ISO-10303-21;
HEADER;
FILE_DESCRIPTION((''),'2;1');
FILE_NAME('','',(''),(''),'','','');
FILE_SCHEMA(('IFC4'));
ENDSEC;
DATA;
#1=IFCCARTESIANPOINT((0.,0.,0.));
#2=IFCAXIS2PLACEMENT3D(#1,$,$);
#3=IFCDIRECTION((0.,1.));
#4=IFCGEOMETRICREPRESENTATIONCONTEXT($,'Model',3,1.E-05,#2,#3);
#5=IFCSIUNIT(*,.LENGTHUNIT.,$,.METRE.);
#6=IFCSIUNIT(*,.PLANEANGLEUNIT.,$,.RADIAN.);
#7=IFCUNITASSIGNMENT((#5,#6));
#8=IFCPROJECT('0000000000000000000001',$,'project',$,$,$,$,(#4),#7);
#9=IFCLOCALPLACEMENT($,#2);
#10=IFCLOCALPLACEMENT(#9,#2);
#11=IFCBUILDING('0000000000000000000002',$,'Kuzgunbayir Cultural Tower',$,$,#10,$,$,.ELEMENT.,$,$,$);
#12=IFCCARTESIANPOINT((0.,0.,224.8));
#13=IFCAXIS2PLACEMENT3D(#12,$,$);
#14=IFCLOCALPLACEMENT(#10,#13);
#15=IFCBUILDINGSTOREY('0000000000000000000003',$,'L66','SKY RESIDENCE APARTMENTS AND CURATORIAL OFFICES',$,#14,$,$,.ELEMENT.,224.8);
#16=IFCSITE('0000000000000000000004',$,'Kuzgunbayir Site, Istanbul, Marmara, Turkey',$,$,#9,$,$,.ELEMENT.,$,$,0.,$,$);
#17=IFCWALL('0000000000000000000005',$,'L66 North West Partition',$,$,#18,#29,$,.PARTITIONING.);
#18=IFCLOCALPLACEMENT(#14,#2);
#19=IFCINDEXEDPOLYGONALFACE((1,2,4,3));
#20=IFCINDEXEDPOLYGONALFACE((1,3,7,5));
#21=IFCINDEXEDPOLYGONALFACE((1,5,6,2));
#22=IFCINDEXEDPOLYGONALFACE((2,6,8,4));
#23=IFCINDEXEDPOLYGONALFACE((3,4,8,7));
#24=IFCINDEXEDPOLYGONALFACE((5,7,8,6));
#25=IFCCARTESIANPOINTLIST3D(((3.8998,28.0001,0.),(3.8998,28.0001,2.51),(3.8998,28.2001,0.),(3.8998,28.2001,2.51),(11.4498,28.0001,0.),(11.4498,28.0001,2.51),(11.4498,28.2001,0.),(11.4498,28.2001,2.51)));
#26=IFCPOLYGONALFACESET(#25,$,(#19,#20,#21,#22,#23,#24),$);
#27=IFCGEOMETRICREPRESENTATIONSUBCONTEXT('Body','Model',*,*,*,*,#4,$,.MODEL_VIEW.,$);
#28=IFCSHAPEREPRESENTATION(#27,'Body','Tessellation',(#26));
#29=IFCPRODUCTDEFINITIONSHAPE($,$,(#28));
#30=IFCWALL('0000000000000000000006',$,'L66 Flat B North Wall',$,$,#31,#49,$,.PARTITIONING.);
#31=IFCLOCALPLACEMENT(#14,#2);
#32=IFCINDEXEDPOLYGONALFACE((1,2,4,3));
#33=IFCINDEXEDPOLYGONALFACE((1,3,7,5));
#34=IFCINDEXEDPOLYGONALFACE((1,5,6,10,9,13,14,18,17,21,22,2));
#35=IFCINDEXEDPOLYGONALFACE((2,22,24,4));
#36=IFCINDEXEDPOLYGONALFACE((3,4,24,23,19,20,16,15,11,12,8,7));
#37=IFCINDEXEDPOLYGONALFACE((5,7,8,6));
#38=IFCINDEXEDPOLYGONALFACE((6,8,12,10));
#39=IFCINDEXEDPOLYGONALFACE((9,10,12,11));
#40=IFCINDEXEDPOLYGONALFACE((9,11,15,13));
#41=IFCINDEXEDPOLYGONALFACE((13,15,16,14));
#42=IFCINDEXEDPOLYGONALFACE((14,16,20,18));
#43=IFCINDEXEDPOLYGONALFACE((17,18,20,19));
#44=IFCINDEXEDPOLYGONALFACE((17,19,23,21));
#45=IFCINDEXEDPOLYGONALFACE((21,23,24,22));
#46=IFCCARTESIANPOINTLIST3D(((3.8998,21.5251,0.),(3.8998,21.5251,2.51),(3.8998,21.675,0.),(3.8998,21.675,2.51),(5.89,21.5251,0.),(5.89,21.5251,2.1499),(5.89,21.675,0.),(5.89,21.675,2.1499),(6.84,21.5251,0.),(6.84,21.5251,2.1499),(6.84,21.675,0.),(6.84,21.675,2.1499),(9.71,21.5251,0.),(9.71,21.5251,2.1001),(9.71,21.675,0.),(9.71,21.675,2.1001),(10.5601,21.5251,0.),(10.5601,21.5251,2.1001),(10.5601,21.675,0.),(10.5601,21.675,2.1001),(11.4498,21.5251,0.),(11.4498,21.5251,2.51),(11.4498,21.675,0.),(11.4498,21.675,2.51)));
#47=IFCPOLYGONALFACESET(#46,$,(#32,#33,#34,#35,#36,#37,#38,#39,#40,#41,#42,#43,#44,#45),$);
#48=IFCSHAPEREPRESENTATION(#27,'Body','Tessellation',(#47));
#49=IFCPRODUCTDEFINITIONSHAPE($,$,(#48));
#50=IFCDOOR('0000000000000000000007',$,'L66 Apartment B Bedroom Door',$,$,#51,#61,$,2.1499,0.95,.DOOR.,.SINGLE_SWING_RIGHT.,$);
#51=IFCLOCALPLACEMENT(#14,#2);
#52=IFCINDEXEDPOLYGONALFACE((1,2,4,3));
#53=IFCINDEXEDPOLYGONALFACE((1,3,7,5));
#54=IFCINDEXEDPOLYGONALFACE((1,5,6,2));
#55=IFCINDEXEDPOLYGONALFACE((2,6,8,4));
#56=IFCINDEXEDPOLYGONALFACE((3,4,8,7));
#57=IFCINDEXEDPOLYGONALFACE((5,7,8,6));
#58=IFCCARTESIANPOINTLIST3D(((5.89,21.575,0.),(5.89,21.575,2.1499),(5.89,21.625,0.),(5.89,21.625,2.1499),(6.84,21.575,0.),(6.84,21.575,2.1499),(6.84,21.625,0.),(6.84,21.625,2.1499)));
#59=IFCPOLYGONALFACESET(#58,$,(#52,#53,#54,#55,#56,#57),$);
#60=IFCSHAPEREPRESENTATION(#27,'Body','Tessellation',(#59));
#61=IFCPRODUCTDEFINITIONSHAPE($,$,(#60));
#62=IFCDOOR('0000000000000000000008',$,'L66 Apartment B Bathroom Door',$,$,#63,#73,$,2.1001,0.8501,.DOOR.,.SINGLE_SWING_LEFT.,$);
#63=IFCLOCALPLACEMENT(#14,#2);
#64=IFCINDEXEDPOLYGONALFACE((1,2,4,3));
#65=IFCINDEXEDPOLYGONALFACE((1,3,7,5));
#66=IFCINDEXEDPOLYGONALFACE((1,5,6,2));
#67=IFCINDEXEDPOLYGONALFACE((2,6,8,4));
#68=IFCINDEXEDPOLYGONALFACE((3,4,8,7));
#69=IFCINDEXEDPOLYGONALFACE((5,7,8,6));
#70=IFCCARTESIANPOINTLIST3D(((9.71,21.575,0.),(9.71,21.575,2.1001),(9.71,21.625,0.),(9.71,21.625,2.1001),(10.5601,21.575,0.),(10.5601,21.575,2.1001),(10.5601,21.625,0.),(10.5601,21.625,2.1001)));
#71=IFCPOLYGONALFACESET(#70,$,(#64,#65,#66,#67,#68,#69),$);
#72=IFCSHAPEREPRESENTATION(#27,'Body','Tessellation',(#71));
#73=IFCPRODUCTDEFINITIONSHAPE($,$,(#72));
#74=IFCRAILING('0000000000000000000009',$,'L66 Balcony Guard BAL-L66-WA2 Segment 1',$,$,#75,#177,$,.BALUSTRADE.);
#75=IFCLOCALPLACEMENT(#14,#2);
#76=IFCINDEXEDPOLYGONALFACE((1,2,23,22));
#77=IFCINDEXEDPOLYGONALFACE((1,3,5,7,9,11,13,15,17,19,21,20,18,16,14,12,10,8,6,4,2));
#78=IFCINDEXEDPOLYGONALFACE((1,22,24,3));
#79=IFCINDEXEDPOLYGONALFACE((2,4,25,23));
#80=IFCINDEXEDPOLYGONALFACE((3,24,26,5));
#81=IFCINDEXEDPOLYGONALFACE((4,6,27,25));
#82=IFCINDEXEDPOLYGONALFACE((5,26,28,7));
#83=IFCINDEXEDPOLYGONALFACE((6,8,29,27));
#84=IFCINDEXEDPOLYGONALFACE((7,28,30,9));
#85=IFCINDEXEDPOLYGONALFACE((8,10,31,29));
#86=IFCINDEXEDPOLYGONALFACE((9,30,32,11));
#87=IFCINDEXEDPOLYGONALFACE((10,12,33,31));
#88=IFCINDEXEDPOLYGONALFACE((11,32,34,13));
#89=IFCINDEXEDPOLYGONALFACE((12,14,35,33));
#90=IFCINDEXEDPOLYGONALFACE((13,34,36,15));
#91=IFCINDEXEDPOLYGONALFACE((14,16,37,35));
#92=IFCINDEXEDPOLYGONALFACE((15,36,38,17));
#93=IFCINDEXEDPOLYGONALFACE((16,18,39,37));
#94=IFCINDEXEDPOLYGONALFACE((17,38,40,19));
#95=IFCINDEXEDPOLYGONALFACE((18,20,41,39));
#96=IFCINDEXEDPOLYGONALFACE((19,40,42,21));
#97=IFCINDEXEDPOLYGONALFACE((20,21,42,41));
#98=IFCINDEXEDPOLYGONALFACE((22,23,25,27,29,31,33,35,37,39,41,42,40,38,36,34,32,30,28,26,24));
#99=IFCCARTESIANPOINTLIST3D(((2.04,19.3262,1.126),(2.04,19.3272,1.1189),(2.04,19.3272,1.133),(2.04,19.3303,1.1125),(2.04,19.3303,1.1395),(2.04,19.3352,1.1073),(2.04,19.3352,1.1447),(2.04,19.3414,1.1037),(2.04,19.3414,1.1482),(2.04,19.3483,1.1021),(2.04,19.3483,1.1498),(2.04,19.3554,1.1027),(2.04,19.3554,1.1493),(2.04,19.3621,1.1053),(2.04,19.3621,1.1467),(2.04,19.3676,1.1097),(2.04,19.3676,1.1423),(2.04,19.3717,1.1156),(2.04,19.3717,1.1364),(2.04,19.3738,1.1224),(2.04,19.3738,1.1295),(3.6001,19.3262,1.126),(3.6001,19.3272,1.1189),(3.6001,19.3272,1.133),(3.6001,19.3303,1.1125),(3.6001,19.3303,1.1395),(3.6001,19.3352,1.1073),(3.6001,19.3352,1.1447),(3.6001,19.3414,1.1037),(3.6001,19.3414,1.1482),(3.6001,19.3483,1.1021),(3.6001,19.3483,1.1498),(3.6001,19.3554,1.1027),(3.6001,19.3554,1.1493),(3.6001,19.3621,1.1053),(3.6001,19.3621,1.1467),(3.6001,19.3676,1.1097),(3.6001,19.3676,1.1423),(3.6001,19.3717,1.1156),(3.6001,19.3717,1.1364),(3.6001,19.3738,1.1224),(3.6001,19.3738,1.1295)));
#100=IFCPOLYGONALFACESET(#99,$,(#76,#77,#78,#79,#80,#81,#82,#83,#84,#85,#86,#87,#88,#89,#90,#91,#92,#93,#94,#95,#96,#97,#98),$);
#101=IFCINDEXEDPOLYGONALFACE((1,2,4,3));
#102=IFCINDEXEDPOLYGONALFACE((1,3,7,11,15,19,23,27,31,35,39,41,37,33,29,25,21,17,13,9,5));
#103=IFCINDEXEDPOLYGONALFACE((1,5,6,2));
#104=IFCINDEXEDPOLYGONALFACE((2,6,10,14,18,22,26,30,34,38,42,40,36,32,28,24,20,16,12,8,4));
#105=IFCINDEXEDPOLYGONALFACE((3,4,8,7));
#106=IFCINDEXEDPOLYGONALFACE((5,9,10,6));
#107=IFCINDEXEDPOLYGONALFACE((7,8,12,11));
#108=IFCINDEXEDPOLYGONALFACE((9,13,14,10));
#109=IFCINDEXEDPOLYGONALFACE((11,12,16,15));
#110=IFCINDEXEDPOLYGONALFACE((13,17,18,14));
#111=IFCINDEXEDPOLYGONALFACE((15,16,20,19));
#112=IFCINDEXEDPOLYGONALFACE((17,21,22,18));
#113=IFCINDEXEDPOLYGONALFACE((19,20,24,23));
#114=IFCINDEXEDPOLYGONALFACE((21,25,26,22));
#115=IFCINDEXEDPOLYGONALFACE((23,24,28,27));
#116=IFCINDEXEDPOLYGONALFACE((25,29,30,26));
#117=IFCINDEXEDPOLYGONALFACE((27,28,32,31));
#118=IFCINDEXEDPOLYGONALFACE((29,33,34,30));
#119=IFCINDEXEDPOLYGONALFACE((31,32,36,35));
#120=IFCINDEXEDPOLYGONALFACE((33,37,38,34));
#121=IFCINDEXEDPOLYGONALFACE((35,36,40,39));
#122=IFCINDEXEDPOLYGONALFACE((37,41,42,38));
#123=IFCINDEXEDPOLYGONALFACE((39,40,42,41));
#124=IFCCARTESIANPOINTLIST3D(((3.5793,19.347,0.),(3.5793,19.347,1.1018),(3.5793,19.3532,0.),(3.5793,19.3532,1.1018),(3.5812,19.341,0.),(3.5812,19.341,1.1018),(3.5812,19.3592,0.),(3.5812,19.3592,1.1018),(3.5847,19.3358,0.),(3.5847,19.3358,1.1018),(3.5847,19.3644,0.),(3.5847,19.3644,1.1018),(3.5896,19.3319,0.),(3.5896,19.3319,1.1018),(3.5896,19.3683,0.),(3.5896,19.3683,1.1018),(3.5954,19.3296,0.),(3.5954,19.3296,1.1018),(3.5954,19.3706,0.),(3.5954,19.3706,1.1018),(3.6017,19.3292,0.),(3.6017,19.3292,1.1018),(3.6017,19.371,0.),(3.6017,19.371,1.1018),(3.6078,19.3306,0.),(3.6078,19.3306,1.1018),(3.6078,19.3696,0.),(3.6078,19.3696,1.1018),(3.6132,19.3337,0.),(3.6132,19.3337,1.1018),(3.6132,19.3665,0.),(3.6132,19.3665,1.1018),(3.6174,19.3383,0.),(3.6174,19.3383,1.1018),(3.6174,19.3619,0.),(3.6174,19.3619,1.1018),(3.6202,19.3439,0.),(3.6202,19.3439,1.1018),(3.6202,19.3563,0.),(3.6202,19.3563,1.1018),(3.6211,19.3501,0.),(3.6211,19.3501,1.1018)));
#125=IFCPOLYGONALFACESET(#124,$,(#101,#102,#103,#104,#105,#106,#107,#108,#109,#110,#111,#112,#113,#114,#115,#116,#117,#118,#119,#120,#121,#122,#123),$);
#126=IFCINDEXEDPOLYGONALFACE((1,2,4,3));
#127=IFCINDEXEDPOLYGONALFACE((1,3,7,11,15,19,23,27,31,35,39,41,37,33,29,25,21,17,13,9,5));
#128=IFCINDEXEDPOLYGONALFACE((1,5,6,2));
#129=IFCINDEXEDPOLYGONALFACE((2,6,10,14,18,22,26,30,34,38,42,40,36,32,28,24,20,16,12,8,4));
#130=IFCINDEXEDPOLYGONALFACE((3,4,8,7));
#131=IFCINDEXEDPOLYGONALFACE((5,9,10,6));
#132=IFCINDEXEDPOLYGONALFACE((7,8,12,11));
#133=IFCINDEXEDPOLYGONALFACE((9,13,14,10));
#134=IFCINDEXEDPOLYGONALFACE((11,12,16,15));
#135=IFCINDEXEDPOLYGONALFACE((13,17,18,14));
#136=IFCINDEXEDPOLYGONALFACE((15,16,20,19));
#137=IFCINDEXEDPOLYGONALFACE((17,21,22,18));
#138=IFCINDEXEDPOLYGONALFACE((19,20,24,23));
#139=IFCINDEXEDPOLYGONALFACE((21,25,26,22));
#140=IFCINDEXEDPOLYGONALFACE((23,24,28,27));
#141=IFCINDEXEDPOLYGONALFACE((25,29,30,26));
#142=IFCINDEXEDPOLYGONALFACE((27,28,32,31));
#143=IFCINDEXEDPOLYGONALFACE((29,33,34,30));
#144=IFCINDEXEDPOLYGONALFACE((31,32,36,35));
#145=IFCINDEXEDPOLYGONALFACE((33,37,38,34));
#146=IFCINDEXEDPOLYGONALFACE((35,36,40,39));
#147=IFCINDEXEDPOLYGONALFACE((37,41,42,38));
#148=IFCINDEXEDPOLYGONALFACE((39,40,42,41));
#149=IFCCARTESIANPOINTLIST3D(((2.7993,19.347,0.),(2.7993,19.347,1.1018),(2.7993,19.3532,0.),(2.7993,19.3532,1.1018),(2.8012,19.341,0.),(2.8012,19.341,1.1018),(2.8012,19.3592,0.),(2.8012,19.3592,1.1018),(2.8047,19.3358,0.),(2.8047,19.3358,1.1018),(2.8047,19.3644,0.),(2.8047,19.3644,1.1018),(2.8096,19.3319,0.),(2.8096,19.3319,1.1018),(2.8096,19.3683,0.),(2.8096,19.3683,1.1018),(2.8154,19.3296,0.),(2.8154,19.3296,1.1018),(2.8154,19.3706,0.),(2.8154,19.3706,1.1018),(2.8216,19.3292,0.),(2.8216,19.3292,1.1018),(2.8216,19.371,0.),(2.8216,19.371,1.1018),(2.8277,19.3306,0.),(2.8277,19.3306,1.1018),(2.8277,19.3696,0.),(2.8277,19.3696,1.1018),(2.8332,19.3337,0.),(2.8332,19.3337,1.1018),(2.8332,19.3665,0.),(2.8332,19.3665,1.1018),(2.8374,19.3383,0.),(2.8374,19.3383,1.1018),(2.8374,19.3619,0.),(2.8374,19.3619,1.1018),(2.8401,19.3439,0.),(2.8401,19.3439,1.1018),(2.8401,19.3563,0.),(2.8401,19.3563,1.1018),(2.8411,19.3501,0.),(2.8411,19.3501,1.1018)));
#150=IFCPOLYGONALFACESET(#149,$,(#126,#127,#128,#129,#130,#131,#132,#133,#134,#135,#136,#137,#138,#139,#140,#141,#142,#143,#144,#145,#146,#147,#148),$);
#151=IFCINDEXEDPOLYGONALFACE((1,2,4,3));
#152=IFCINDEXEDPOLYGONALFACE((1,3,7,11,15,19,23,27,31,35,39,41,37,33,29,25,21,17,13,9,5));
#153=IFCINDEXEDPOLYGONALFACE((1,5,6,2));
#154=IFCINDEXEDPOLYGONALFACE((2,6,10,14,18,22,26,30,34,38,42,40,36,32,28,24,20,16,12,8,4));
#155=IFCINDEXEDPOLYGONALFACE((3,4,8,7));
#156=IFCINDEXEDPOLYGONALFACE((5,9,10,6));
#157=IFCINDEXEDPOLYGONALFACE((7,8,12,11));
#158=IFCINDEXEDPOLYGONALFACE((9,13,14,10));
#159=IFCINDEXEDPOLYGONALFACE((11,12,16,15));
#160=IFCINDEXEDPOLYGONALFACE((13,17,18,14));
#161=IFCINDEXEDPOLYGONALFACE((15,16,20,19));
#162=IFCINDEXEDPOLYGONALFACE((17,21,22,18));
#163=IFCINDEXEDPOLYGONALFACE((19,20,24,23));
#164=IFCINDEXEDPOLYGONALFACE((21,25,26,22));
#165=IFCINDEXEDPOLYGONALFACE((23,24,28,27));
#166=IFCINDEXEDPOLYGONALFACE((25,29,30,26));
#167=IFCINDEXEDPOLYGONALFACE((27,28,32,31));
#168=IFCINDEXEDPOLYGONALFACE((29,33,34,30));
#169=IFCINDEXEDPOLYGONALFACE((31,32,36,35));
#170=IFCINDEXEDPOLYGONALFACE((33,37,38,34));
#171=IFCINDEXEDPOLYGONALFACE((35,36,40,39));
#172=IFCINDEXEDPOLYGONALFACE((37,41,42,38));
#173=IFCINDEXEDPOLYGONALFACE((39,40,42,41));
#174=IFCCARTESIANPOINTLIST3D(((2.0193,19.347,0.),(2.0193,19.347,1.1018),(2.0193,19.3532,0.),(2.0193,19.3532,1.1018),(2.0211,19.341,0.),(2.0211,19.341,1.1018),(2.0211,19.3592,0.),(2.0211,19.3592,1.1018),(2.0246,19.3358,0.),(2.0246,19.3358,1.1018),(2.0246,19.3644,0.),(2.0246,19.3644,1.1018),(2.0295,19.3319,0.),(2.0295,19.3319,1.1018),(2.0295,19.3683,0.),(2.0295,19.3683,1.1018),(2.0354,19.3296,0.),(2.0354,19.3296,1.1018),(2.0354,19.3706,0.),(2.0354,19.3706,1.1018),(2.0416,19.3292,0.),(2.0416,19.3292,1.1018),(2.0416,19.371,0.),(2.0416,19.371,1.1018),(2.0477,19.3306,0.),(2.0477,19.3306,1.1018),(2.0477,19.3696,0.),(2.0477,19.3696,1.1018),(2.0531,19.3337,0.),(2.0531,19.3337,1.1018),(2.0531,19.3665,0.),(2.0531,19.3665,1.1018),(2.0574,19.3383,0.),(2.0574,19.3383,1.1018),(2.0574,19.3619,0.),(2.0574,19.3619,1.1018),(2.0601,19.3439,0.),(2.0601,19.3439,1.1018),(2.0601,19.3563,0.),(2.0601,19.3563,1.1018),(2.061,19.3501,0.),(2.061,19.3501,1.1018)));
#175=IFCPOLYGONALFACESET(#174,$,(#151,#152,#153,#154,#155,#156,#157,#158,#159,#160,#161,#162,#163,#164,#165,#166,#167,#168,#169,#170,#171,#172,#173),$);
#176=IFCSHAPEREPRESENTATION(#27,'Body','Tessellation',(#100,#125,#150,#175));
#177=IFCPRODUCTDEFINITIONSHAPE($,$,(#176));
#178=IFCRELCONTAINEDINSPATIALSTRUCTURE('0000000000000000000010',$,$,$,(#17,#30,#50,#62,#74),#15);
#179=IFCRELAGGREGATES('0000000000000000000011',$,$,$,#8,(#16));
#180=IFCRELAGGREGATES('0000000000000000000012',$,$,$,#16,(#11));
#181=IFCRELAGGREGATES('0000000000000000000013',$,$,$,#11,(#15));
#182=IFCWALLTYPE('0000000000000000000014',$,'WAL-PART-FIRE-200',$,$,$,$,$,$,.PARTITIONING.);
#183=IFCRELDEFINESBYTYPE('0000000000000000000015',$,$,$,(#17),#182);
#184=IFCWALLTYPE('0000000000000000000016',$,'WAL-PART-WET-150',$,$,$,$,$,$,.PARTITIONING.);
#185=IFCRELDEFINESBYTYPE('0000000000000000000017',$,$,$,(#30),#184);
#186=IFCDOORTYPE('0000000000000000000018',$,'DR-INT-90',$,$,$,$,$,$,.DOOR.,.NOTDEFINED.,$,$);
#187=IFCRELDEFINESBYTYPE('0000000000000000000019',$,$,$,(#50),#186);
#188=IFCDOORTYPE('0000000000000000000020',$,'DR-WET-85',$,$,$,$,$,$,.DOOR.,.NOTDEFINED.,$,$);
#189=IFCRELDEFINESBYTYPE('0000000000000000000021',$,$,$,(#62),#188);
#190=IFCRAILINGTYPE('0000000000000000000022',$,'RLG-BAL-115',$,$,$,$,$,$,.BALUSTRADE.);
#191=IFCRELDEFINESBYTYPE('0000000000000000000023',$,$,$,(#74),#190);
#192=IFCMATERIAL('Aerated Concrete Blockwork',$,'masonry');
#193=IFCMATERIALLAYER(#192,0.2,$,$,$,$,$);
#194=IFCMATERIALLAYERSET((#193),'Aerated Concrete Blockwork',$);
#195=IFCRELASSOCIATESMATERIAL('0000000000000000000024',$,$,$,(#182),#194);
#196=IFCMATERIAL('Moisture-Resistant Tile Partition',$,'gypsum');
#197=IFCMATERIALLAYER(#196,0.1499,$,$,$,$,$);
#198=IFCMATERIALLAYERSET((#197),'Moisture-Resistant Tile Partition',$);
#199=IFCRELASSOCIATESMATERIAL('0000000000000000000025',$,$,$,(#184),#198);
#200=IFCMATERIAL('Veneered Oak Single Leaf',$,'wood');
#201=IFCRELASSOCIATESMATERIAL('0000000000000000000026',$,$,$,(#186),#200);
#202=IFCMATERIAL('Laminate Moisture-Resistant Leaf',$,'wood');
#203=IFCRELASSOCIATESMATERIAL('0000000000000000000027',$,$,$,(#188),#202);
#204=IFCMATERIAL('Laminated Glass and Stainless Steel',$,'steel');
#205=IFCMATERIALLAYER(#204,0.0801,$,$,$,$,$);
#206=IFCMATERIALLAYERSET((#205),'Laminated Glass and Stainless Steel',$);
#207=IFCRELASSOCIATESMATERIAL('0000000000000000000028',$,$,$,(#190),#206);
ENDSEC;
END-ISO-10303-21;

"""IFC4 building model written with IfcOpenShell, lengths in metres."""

from ifc_helpers import new_model, si_unit, direction, frame, frame_2d, origin, origin_2d, place, context, subcontext, project, spatial, rectangle, circle, extrude, material, layer, layer_set, type_object, element, fill, save


model = new_model("IFC4")

# Units and contexts
model_context = context("Model", 3, precision=1e-05, world=origin(), true_north=direction((0.0, 1.0)))
body_context = subcontext(model_context, "Body", "Model", "MODEL_VIEW")
ifc_project = project(units=[si_unit("LENGTHUNIT", "METRE"), si_unit("PLANEANGLEUNIT", "RADIAN")], contexts=[model_context])

# Site, building, storey
site_placement = place(None, origin())
site = spatial("IfcSite", under=ifc_project, at=site_placement, Name="Kuzgunbayir Site, Istanbul, Marmara, Turkey", CompositionType="ELEMENT", RefElevation=0.0)
building_placement = place(site_placement, origin())
building = spatial("IfcBuilding", under=site, at=building_placement, Name="Kuzgunbayir Cultural Tower", CompositionType="ELEMENT")
storey_placement = place(building_placement, frame((0.0, 0.0, 224.8)))
storey = spatial("IfcBuildingStorey", under=building, at=storey_placement, Name="L66", Description="SKY RESIDENCE APARTMENTS AND CURATORIAL OFFICES", CompositionType="ELEMENT", Elevation=224.8)

# Wall
ifc_material_1 = material(Name="Aerated Concrete Blockwork", Category="masonry")
ifc_layer_1 = layer(ifc_material_1, 0.2)
ifc_layer_set_1 = layer_set([ifc_layer_1], Name="Aerated Concrete Blockwork")
wall_type_1 = type_object("IfcWallType", Name="WAL-PART-FIRE-200", PredefinedType="PARTITIONING", material=ifc_layer_set_1)
wall_1_placement = place(storey_placement, frame((3.8999, 28.1001, 0.0), z_axis=(0.0, 0.0, 1.0), x_axis=(1.0, 0.0, 0.0)))
element("IfcWall", 1, at=wall_1_placement, inside=storey, type_object=wall_type_1, Name="L66 North West Partition", PredefinedType="PARTITIONING", context=body_context, shape_type="SweptSolid", body=[
    extrude(rectangle(XDim=7.55, YDim=0.2, at=frame_2d((3.7749, 0.0))), origin(), (0.0, 0.0, 1.0), 2.51),
])

# Wall, openings, doors
ifc_material_2 = material(Name="Moisture-Resistant Tile Partition", Category="gypsum")
ifc_layer_2 = layer(ifc_material_2, 0.1499)
ifc_layer_set_2 = layer_set([ifc_layer_2], Name="Moisture-Resistant Tile Partition")
wall_type_2 = type_object("IfcWallType", Name="WAL-PART-WET-150", PredefinedType="PARTITIONING", material=ifc_layer_set_2)
wall_2_placement = place(storey_placement, frame((3.8999, 21.6001, 0.0), z_axis=(0.0, 0.0, 1.0), x_axis=(1.0, 0.0, 0.0)))
wall_2 = element("IfcWall", 2, at=wall_2_placement, inside=storey, type_object=wall_type_2, Name="L66 Flat B North Wall", PredefinedType="PARTITIONING", context=body_context, shape_type="SweptSolid", body=[
    extrude(rectangle(XDim=7.55, YDim=0.1499, at=frame_2d((3.7749, 0.0))), origin(), (0.0, 0.0, 1.0), 2.51),
])
opening_1_placement = place(wall_2_placement, frame((1.99, 0.0, 0.0)))
opening_1 = element("IfcOpeningElement", 3, at=opening_1_placement, cuts=wall_2, PredefinedType="OPENING", context=body_context, shape_type="SweptSolid", body=[
    extrude(rectangle(XDim=0.95, YDim=2.1499, at=frame_2d((0.4751, 1.075))), frame((0.0, 0.085, 0.0), z_axis=(0.0, -1.0, 0.0), x_axis=(1.0, 0.0, 0.0)), (0.0, 0.0, 1.0), 0.1699),
])
opening_2_placement = place(wall_2_placement, frame((5.8101, 0.0, 0.0)))
opening_2 = element("IfcOpeningElement", 4, at=opening_2_placement, cuts=wall_2, PredefinedType="OPENING", context=body_context, shape_type="SweptSolid", body=[
    extrude(rectangle(XDim=0.8501, YDim=2.1001, at=frame_2d((0.425, 1.05))), frame((0.0, 0.085, 0.0), z_axis=(0.0, -1.0, 0.0), x_axis=(1.0, 0.0, 0.0)), (0.0, 0.0, 1.0), 0.1699),
])
ifc_material_3 = material(Name="Veneered Oak Single Leaf", Category="wood")
door_type_1 = type_object("IfcDoorType", Name="DR-INT-90", OperationType="NOTDEFINED", PredefinedType="DOOR", material=ifc_material_3)
door_1_placement = place(opening_1_placement, origin())
door_1 = element("IfcDoor", 5, at=door_1_placement, inside=storey, type_object=door_type_1, Name="L66 Apartment B Bedroom Door", OperationType="SINGLE_SWING_RIGHT", OverallHeight=2.1499, OverallWidth=0.95, PredefinedType="DOOR", context=body_context, shape_type="SweptSolid", body=[
    extrude(rectangle(XDim=0.95, YDim=2.1499, at=frame_2d((0.4751, 1.075))), frame((0.0, 0.0249, 0.0), z_axis=(0.0, -1.0, 0.0), x_axis=(1.0, 0.0, 0.0)), (0.0, 0.0, 1.0), 0.05),
])
fill(opening_1, door_1)
ifc_material_4 = material(Name="Laminate Moisture-Resistant Leaf", Category="wood")
door_type_2 = type_object("IfcDoorType", Name="DR-WET-85", OperationType="NOTDEFINED", PredefinedType="DOOR", material=ifc_material_4)
door_2_placement = place(opening_2_placement, origin())
door_2 = element("IfcDoor", 6, at=door_2_placement, inside=storey, type_object=door_type_2, Name="L66 Apartment B Bathroom Door", OperationType="SINGLE_SWING_LEFT", OverallHeight=2.1001, OverallWidth=0.8501, PredefinedType="DOOR", context=body_context, shape_type="SweptSolid", body=[
    extrude(rectangle(XDim=0.8501, YDim=2.1001, at=frame_2d((0.425, 1.05))), frame((0.0, 0.0249, 0.0), z_axis=(0.0, -1.0, 0.0), x_axis=(1.0, 0.0, 0.0)), (0.0, 0.0, 1.0), 0.05),
])
fill(opening_2, door_2)

# Railing
ifc_material_5 = material(Name="Laminated Glass and Stainless Steel", Category="steel")
ifc_layer_3 = layer(ifc_material_5, 0.0801)
ifc_layer_set_3 = layer_set([ifc_layer_3], Name="Laminated Glass and Stainless Steel")
railing_type = type_object("IfcRailingType", Name="RLG-BAL-115", PredefinedType="BALUSTRADE", material=ifc_layer_set_3)
railing_1_placement = place(storey_placement, frame((3.6001, 19.3501, 0.0)))
element("IfcRailing", 7, at=railing_1_placement, inside=storey, type_object=railing_type, Name="L66 Balcony Guard BAL-L66-WA2 Segment 1", PredefinedType="BALUSTRADE", context=body_context, shape_type="SweptSolid", body=[
    extrude(circle(Radius=0.0239, at=origin_2d()), frame((0.0, 0.0, 1.126), z_axis=(-1.0, 0.0, 0.0), x_axis=(0.0, -1.0, 0.0)), (0.0, 0.0, 1.0), 1.5601),
    extrude(circle(Radius=0.021, at=origin_2d()), origin(), (0.0, 0.0, 1.0), 1.1018),
    extrude(circle(Radius=0.021, at=origin_2d()), frame((-0.78, 0.0, 0.0)), (0.0, 0.0, 1.0), 1.1018),
    extrude(circle(Radius=0.021, at=origin_2d()), frame((-1.5601, 0.0, 0.0)), (0.0, 0.0, 1.0), 1.1018),
])

save(model, "model.ifc")
